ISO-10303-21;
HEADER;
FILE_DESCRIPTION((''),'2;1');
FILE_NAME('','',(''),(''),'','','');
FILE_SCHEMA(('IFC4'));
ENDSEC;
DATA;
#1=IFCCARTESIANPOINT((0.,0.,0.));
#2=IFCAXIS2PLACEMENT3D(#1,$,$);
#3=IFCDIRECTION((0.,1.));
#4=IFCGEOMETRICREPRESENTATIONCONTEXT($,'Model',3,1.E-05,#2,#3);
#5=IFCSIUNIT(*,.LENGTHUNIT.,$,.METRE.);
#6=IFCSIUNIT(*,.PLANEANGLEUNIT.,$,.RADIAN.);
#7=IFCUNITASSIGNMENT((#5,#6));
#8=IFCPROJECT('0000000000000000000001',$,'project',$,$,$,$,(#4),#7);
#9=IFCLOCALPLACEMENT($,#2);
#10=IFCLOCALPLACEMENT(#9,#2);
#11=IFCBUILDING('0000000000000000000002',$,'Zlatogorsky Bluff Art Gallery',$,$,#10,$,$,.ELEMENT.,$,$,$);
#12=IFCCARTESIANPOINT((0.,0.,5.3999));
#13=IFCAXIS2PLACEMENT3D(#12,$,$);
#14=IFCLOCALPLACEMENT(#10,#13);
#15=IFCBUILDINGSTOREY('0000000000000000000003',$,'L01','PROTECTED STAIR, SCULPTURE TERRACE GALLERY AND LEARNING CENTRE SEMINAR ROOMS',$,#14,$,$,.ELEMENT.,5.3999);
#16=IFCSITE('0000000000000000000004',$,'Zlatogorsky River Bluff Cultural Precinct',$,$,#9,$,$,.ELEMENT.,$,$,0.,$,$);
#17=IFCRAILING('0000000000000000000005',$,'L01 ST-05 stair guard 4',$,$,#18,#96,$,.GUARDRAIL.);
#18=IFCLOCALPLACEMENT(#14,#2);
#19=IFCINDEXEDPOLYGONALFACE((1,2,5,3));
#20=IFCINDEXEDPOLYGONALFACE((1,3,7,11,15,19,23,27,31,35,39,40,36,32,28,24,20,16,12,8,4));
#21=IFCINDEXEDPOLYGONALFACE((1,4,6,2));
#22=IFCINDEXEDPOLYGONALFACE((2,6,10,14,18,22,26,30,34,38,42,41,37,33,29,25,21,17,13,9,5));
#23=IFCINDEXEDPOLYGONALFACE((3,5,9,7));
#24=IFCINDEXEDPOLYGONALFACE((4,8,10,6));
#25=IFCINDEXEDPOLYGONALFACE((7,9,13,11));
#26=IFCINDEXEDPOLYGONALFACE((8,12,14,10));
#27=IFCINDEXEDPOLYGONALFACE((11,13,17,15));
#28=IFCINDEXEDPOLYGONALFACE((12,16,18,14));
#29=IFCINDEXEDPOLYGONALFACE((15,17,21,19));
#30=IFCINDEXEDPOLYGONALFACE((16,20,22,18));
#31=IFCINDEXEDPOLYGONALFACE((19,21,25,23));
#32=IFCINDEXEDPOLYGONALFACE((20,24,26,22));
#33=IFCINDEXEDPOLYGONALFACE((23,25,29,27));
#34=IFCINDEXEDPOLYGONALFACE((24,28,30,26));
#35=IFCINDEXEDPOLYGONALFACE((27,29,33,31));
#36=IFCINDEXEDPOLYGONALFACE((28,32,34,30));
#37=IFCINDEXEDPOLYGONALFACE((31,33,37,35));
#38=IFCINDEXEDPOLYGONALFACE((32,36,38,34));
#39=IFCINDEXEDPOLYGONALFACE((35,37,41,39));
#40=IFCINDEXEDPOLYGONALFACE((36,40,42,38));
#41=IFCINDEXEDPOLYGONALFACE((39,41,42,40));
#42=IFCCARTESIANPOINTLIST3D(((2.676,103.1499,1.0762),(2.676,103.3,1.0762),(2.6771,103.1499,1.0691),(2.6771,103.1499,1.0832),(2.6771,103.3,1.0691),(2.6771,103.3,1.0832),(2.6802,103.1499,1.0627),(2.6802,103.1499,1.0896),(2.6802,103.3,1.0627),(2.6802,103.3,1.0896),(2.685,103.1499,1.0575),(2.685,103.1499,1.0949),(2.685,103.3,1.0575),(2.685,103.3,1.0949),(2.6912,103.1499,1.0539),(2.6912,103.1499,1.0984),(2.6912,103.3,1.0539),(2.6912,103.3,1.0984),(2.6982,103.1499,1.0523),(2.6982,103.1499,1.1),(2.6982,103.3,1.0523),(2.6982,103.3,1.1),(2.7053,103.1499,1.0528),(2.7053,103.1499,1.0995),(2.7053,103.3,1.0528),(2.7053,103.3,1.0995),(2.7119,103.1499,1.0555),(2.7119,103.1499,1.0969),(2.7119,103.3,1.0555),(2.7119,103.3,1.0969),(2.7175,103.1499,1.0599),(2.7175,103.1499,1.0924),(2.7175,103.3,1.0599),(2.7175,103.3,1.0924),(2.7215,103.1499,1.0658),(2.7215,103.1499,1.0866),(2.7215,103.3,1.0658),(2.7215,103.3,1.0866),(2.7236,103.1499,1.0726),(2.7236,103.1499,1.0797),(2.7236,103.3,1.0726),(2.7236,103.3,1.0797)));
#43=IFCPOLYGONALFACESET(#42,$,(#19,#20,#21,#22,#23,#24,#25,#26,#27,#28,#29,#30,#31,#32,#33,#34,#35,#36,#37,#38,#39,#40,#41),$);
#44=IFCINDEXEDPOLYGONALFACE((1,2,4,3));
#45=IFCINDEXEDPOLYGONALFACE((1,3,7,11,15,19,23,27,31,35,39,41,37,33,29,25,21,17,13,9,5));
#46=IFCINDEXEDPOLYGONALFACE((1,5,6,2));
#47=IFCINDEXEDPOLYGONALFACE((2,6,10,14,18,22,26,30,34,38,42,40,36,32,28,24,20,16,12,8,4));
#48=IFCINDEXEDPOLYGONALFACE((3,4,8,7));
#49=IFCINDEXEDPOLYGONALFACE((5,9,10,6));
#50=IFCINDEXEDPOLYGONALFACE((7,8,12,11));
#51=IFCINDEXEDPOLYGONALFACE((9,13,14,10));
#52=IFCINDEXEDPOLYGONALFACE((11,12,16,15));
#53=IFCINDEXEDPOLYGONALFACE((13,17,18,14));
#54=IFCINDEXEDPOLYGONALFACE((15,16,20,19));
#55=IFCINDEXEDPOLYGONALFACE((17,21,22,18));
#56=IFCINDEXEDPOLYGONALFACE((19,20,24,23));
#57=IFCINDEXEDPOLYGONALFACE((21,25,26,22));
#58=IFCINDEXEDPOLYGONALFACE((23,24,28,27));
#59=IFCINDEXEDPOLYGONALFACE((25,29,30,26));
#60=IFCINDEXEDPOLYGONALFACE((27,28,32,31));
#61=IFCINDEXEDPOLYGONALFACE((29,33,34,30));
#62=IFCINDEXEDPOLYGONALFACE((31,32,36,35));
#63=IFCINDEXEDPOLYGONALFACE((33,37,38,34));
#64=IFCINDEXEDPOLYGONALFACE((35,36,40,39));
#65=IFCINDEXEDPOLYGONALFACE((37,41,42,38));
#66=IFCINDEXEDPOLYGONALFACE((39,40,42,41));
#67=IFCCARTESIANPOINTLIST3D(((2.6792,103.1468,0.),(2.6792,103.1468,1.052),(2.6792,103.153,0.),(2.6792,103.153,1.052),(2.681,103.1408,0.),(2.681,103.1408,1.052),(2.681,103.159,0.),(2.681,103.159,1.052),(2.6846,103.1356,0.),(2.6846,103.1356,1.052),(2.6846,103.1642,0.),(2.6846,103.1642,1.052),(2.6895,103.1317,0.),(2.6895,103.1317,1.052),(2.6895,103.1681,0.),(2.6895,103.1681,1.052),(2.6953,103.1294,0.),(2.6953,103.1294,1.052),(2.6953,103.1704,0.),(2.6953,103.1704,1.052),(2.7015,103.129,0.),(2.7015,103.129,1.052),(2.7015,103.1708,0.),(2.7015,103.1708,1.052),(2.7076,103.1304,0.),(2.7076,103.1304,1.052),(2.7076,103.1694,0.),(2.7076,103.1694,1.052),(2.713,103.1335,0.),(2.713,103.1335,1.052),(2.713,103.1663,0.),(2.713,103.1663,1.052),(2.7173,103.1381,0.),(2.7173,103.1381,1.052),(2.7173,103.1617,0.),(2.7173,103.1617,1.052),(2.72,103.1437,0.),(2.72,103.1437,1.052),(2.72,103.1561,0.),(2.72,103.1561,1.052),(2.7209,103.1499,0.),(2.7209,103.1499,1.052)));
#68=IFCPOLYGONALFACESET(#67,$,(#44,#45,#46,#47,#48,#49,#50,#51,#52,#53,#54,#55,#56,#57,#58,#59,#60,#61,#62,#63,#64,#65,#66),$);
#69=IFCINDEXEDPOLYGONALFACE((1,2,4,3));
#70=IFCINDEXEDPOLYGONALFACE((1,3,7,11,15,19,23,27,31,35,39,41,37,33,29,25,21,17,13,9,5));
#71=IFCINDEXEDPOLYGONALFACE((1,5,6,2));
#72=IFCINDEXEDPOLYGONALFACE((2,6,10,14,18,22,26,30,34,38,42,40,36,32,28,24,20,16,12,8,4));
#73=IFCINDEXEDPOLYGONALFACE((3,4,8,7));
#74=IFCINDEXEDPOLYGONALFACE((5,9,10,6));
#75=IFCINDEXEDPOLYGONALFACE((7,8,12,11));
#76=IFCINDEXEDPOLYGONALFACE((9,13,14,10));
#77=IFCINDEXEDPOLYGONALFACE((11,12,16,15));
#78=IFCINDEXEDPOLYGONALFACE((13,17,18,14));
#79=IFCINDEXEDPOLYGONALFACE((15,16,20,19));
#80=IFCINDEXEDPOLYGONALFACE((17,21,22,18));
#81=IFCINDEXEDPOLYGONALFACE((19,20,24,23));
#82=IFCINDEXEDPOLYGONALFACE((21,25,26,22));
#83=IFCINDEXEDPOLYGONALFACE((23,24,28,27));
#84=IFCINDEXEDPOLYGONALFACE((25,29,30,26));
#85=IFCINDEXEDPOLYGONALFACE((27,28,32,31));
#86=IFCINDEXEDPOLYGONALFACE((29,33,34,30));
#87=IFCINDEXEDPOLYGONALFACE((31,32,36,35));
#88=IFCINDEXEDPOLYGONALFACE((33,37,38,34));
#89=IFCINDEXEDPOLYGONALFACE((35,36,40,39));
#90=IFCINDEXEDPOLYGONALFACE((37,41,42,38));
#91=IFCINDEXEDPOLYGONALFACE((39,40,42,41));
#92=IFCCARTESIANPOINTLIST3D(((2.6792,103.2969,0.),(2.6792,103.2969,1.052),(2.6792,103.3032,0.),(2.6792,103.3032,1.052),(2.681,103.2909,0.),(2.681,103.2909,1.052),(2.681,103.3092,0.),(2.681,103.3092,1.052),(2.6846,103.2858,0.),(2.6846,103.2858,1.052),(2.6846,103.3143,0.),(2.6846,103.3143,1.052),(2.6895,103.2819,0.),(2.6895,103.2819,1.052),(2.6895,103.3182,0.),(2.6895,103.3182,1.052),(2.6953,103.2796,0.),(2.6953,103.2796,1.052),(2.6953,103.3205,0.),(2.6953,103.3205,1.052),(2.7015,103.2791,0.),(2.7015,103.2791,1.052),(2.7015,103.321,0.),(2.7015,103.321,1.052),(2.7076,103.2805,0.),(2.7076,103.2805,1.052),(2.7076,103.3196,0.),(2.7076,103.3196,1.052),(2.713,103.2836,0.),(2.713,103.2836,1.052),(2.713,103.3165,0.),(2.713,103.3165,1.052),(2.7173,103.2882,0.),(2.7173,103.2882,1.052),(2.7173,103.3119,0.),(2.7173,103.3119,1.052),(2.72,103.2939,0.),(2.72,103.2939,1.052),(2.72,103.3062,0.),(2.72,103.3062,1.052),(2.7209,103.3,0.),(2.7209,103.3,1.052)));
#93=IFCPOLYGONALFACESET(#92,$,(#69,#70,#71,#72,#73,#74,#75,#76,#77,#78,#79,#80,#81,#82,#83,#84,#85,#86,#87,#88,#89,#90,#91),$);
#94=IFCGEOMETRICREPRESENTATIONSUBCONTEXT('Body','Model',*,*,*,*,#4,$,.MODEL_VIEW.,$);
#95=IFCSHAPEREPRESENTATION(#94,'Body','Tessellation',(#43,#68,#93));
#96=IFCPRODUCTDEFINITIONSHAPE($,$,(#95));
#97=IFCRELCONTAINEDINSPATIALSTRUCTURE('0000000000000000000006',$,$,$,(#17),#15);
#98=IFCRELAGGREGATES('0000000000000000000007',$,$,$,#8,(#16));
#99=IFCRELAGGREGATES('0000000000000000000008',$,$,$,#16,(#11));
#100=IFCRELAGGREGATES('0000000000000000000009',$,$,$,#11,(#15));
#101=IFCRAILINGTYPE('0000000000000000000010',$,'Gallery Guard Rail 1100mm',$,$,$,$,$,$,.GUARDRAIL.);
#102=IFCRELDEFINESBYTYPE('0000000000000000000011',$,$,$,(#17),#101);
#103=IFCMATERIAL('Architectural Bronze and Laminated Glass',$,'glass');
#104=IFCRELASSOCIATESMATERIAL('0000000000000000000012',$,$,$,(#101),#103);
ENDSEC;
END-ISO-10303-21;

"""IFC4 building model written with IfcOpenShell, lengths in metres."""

from ifc_helpers import new_model, si_unit, direction, frame, origin, origin_2d, place, context, subcontext, project, spatial, circle, extrude, material, type_object, element, save


model = new_model("IFC4")

# Units and contexts
model_context = context("Model", 3, precision=1e-05, world=origin(), true_north=direction((0.0, 1.0)))
body_context = subcontext(model_context, "Body", "Model", "MODEL_VIEW")
ifc_project = project(units=[si_unit("LENGTHUNIT", "METRE"), si_unit("PLANEANGLEUNIT", "RADIAN")], contexts=[model_context])

# Site, building, storey
site_placement = place(None, origin())
site = spatial("IfcSite", under=ifc_project, at=site_placement, Name="Zlatogorsky River Bluff Cultural Precinct", CompositionType="ELEMENT", RefElevation=0.0)
building_placement = place(site_placement, origin())
building = spatial("IfcBuilding", under=site, at=building_placement, Name="Zlatogorsky Bluff Art Gallery", CompositionType="ELEMENT")
storey_placement = place(building_placement, frame((0.0, 0.0, 5.3999)))
storey = spatial("IfcBuildingStorey", under=building, at=storey_placement, Name="L01", Description="PROTECTED STAIR, SCULPTURE TERRACE GALLERY AND LEARNING CENTRE SEMINAR ROOMS", CompositionType="ELEMENT", Elevation=5.3999)

# Railing
ifc_material_1 = material(Name="Architectural Bronze and Laminated Glass", Category="glass")
railing_type = type_object("IfcRailingType", Name="Gallery Guard Rail 1100mm", PredefinedType="GUARDRAIL", material=ifc_material_1)
railing_placement = place(storey_placement, frame((2.7, 103.1499, 0.0)))
element("IfcRailing", 1, at=railing_placement, inside=storey, type_object=railing_type, Name="L01 ST-05 stair guard 4", PredefinedType="GUARDRAIL", context=body_context, shape_type="SweptSolid", body=[
    extrude(circle(Radius=0.0239, at=origin_2d()), frame((0.0, 0.0, 1.0762), z_axis=(0.0, 1.0, 0.0), x_axis=(-1.0, 0.0, 0.0)), (0.0, 0.0, 1.0), 0.1501),
    extrude(circle(Radius=0.021, at=origin_2d()), origin(), (0.0, 0.0, 1.0), 1.052),
    extrude(circle(Radius=0.021, at=origin_2d()), frame((0.0, 0.1501, 0.0)), (0.0, 0.0, 1.0), 1.052),
])

save(model, "model.ifc")
